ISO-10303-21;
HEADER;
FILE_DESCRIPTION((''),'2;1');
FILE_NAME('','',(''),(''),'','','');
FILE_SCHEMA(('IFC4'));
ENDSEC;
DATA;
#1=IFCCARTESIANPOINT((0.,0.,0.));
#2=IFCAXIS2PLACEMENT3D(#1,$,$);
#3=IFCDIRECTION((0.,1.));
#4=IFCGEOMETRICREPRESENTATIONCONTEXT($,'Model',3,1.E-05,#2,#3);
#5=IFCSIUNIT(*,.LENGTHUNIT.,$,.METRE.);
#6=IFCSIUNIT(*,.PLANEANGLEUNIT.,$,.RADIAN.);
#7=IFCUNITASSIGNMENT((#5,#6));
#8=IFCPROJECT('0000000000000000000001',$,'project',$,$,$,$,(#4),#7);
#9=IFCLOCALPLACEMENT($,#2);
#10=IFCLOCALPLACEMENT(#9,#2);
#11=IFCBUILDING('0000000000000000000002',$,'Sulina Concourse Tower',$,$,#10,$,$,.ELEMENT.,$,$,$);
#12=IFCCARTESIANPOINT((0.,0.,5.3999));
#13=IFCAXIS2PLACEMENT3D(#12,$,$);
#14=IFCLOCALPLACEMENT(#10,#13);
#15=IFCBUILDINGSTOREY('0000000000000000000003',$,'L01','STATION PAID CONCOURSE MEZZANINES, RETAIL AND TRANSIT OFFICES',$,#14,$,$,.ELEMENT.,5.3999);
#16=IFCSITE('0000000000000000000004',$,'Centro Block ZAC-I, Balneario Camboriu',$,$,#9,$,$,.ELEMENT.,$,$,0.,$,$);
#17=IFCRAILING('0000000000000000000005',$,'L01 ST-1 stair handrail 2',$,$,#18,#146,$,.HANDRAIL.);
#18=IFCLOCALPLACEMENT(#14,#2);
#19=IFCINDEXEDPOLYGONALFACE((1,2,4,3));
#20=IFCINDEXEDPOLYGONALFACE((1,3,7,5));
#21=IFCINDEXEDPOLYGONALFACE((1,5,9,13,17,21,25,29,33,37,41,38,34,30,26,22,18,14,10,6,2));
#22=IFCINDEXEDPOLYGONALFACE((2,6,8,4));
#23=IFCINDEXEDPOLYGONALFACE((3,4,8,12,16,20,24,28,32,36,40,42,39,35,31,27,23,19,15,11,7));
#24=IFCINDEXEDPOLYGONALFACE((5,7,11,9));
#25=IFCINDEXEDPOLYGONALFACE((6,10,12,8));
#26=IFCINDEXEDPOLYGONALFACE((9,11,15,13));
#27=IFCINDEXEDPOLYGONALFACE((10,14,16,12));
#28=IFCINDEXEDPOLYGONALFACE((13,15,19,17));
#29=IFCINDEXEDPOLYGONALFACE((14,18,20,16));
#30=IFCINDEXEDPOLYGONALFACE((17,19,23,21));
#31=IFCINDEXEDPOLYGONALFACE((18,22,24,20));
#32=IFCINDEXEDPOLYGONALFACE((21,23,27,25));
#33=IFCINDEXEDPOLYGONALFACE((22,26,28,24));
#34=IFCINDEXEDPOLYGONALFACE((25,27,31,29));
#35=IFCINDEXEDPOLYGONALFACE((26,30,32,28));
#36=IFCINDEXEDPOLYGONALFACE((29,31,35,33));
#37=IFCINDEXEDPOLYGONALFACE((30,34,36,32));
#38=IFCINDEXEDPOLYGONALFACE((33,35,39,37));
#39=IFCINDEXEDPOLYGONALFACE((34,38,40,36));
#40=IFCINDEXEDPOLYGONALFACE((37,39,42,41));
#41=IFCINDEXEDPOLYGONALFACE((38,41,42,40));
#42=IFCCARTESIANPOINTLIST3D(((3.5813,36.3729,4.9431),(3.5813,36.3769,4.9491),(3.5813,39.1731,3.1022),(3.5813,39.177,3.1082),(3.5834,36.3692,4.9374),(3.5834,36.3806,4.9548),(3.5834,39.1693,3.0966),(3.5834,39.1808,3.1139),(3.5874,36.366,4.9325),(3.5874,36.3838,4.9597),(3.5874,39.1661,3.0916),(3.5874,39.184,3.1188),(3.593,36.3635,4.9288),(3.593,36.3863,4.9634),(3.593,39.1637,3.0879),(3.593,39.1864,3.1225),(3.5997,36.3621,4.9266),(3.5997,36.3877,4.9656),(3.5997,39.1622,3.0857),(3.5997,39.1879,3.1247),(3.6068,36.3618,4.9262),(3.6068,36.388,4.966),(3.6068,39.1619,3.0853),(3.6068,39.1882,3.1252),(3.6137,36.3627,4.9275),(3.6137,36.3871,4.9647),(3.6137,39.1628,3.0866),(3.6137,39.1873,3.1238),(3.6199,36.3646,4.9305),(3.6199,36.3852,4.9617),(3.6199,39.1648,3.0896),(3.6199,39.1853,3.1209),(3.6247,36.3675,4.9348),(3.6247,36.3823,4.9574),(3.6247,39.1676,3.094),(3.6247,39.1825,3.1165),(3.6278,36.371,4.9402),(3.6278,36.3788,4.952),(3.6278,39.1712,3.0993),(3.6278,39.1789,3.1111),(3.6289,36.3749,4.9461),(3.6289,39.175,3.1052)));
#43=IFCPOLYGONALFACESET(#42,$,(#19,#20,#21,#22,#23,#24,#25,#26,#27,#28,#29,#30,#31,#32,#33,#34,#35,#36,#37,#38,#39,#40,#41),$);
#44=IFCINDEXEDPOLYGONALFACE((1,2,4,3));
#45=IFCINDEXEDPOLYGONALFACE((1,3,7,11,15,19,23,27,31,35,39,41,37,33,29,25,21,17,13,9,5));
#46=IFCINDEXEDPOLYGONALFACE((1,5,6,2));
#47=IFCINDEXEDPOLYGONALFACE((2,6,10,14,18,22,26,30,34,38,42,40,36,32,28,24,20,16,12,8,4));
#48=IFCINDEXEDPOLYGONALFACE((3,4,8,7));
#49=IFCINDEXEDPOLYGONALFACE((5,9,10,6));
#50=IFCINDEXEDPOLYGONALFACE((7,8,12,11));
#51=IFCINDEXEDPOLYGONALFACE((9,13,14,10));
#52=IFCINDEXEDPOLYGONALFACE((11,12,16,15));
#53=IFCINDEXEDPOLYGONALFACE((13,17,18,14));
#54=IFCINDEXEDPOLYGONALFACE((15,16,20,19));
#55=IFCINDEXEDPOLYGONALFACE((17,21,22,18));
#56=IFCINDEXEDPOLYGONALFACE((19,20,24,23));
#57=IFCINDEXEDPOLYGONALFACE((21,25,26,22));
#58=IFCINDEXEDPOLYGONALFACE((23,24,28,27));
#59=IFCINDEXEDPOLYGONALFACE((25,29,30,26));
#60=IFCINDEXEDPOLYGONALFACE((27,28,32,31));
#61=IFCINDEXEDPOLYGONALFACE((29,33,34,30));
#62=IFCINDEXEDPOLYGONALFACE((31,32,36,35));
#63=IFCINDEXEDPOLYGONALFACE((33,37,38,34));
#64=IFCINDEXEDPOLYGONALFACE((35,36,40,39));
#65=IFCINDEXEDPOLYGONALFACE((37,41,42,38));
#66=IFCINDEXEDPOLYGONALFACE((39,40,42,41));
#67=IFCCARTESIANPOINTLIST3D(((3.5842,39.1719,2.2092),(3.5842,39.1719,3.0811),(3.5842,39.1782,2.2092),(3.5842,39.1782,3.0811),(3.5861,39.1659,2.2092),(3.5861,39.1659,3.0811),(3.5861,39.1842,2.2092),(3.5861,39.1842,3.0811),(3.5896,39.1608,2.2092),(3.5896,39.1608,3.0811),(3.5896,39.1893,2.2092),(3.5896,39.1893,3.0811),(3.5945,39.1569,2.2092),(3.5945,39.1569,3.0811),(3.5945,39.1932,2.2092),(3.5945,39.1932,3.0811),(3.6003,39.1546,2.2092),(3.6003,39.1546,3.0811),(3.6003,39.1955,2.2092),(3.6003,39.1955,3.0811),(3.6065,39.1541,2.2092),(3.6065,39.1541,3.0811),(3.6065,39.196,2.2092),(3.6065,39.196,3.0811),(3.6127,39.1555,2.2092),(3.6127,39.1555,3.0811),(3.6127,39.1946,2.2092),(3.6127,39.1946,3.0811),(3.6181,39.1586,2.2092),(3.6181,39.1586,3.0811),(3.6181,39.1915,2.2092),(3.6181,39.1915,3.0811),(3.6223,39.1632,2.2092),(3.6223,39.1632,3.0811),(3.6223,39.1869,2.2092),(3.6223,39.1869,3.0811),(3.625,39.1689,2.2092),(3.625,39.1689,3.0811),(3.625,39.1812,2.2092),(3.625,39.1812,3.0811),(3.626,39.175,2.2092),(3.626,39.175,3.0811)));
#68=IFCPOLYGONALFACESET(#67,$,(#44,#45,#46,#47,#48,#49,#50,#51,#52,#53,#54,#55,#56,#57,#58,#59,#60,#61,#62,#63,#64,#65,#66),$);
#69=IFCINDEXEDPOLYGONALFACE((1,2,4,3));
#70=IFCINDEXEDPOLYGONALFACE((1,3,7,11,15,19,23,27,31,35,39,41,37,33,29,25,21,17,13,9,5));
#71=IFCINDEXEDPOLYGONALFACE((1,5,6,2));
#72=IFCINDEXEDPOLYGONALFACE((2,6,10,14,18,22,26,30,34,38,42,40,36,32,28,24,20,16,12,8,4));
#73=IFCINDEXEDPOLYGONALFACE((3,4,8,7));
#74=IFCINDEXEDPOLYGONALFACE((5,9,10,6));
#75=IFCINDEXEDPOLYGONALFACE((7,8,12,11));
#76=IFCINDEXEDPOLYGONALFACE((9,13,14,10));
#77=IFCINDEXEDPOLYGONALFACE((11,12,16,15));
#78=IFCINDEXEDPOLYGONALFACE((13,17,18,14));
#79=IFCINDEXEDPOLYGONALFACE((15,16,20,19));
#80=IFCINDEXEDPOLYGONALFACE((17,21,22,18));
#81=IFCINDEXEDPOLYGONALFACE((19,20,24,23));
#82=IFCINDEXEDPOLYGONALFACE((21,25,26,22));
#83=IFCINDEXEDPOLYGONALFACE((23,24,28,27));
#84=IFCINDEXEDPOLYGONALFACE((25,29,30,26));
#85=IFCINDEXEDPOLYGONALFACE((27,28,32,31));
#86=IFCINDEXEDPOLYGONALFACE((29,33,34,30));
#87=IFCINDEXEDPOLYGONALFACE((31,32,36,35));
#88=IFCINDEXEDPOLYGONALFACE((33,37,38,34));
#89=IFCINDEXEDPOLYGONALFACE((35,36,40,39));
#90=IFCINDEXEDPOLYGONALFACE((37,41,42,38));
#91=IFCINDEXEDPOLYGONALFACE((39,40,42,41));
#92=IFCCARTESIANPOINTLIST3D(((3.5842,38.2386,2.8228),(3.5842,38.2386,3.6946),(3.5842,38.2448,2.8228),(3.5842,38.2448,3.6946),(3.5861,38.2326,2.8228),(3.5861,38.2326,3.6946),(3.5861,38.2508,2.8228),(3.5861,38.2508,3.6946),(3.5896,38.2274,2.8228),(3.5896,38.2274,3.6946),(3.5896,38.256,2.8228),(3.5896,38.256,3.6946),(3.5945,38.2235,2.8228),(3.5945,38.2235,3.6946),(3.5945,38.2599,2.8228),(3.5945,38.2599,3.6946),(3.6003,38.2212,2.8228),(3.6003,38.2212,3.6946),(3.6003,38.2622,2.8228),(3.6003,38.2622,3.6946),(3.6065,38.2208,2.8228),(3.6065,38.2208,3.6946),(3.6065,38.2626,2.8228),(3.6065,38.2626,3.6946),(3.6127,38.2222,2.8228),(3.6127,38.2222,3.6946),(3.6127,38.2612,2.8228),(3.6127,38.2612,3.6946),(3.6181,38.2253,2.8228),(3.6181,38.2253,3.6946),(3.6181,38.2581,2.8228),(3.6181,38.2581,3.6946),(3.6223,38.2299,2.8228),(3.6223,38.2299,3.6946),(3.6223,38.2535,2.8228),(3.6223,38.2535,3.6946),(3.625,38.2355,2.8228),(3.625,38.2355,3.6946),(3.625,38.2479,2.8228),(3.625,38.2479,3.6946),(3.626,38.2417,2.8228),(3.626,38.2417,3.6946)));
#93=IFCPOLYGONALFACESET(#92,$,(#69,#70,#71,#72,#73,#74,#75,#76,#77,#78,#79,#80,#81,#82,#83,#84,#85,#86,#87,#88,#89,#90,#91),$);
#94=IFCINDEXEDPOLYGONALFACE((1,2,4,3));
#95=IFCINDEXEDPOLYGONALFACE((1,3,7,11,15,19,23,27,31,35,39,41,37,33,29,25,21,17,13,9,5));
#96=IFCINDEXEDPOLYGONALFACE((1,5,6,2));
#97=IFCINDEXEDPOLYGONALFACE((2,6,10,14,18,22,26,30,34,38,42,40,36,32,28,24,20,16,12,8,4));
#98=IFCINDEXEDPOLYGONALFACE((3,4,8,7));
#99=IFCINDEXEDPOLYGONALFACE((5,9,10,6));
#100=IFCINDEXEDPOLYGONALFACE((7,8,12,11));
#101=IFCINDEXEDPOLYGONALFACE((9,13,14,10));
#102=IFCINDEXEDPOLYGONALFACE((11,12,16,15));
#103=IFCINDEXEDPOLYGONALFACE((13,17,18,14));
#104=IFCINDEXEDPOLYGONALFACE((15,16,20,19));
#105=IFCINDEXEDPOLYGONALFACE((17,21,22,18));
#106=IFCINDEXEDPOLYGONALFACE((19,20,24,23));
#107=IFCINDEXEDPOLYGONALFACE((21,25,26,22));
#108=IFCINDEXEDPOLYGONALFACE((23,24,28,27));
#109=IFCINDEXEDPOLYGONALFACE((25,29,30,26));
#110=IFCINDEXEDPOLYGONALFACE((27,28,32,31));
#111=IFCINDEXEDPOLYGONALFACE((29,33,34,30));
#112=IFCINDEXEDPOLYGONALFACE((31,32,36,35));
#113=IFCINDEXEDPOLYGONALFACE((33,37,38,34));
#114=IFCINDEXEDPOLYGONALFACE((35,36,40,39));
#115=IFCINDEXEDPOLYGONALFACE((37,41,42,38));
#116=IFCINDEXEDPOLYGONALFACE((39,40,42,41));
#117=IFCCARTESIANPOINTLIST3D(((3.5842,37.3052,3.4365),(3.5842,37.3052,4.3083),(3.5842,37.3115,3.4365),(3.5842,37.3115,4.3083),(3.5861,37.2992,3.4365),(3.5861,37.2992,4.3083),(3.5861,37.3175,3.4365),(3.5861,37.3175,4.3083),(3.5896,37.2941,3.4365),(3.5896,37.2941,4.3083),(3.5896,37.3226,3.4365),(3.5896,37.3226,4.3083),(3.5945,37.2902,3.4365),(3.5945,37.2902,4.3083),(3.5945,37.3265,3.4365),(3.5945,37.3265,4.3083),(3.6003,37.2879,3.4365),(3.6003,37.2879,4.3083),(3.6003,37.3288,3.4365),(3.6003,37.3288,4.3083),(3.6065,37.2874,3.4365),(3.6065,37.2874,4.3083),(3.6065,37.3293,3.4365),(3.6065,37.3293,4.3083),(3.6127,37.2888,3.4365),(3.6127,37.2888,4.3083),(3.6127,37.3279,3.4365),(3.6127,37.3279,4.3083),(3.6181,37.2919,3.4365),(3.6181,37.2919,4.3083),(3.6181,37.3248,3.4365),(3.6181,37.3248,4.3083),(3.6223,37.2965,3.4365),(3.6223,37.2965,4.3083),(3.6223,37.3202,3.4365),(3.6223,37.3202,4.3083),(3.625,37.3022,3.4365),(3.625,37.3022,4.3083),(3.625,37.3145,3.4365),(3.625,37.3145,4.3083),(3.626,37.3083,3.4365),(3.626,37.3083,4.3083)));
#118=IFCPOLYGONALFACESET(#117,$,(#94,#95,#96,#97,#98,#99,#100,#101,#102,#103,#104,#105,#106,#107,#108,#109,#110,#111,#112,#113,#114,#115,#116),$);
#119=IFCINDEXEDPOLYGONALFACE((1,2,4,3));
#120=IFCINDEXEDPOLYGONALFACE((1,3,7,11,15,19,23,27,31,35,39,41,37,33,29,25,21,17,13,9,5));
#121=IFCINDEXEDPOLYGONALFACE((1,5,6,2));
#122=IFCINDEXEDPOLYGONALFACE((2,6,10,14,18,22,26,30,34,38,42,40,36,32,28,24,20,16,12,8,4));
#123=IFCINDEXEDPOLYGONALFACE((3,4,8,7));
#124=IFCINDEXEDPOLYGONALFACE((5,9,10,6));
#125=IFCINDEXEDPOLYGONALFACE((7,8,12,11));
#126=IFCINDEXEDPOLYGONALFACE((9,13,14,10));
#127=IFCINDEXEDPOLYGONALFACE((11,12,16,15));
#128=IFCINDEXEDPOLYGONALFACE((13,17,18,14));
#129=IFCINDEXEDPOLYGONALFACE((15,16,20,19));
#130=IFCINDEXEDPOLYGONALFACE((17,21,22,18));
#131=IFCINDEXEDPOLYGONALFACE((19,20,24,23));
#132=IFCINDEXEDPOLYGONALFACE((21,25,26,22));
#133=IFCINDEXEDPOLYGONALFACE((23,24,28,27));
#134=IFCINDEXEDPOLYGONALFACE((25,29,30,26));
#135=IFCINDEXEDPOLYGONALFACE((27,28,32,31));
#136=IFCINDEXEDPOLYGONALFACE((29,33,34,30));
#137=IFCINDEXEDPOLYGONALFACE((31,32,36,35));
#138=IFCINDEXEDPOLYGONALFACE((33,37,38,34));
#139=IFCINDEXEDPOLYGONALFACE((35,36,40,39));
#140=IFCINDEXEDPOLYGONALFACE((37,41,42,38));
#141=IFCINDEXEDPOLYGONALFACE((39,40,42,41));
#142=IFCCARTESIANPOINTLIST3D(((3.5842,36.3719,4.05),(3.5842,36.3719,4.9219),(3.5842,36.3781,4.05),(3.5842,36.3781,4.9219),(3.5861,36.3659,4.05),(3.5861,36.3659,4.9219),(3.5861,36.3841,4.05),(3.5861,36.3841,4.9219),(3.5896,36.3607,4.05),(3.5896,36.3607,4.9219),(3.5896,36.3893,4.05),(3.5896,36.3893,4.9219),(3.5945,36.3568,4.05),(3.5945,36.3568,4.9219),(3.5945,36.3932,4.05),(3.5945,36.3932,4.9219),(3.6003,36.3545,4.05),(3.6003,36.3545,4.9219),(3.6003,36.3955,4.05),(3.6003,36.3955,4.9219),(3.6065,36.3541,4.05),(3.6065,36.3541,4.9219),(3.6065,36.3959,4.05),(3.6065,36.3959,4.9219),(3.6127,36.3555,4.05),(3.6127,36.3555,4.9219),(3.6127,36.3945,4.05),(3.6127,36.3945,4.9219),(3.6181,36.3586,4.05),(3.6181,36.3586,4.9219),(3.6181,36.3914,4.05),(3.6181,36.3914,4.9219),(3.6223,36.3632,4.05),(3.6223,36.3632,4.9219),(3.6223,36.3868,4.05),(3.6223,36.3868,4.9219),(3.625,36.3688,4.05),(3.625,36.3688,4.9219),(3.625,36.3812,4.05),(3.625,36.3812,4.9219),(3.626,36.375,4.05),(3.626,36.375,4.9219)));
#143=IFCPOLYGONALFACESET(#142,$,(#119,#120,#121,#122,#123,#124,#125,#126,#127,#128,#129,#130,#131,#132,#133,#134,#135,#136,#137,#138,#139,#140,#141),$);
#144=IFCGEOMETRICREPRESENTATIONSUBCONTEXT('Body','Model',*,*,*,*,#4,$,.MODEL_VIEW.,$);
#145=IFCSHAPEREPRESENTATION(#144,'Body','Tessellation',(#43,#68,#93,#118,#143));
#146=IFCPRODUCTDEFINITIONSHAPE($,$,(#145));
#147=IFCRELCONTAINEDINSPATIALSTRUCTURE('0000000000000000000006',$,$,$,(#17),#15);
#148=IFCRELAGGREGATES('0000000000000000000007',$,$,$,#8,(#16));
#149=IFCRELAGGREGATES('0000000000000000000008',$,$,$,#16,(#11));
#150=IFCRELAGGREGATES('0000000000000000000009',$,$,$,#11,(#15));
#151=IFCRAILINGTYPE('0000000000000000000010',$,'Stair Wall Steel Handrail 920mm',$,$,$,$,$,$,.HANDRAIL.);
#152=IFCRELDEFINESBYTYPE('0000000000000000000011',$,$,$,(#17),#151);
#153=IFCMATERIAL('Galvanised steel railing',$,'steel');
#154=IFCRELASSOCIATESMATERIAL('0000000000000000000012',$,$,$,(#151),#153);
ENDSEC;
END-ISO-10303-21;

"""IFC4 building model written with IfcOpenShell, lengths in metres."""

from ifc_helpers import new_model, si_unit, direction, frame, origin, origin_2d, place, context, subcontext, project, spatial, circle, extrude, material, type_object, element, save


model = new_model("IFC4")

# Units and contexts
model_context = context("Model", 3, precision=1e-05, world=origin(), true_north=direction((0.0, 1.0)))
body_context = subcontext(model_context, "Body", "Model", "MODEL_VIEW")
ifc_project = project(units=[si_unit("LENGTHUNIT", "METRE"), si_unit("PLANEANGLEUNIT", "RADIAN")], contexts=[model_context])

# Site, building, storey
site_placement = place(None, origin())
site = spatial("IfcSite", under=ifc_project, at=site_placement, Name="Centro Block ZAC-I, Balneario Camboriu", CompositionType="ELEMENT", RefElevation=0.0)
building_placement = place(site_placement, origin())
building = spatial("IfcBuilding", under=site, at=building_placement, Name="Sulina Concourse Tower", CompositionType="ELEMENT")
storey_placement = place(building_placement, frame((0.0, 0.0, 5.3999)))
storey = spatial("IfcBuildingStorey", under=building, at=storey_placement, Name="L01", Description="STATION PAID CONCOURSE MEZZANINES, RETAIL AND TRANSIT OFFICES", CompositionType="ELEMENT", Elevation=5.3999)

# Railing
ifc_material_1 = material(Name="Galvanised steel railing", Category="steel")
railing_type_1 = type_object("IfcRailingType", Name="Stair Wall Steel Handrail 920mm", PredefinedType="HANDRAIL", material=ifc_material_1)
railing_1_placement = place(storey_placement, frame((3.605, 39.175, 2.2092)))
element("IfcRailing", 1, at=railing_1_placement, inside=storey, type_object=railing_type_1, Name="L01 ST-1 stair handrail 2", PredefinedType="HANDRAIL", context=body_context, shape_type="SweptSolid", body=[
    extrude(circle(Radius=0.0239, at=origin_2d()), frame((0.0, 0.0, 0.896), z_axis=(0.0, -0.835598, 0.549342), x_axis=(1.0, 0.0, 0.0)), (0.0, 0.0, 1.0), 3.3511),
    extrude(circle(Radius=0.021, at=origin_2d()), origin(), (0.0, 0.0, 1.0), 0.8718),
    extrude(circle(Radius=0.021, at=origin_2d()), frame((0.0, -0.9333, 0.6135)), (0.0, 0.0, 1.0), 0.8718),
    extrude(circle(Radius=0.021, at=origin_2d()), frame((0.0, -1.8667, 1.2273)), (0.0, 0.0, 1.0), 0.8718),
    extrude(circle(Radius=0.021, at=origin_2d()), frame((0.0, -2.8, 1.8408)), (0.0, 0.0, 1.0), 0.8718),
])

save(model, "model.ifc")
